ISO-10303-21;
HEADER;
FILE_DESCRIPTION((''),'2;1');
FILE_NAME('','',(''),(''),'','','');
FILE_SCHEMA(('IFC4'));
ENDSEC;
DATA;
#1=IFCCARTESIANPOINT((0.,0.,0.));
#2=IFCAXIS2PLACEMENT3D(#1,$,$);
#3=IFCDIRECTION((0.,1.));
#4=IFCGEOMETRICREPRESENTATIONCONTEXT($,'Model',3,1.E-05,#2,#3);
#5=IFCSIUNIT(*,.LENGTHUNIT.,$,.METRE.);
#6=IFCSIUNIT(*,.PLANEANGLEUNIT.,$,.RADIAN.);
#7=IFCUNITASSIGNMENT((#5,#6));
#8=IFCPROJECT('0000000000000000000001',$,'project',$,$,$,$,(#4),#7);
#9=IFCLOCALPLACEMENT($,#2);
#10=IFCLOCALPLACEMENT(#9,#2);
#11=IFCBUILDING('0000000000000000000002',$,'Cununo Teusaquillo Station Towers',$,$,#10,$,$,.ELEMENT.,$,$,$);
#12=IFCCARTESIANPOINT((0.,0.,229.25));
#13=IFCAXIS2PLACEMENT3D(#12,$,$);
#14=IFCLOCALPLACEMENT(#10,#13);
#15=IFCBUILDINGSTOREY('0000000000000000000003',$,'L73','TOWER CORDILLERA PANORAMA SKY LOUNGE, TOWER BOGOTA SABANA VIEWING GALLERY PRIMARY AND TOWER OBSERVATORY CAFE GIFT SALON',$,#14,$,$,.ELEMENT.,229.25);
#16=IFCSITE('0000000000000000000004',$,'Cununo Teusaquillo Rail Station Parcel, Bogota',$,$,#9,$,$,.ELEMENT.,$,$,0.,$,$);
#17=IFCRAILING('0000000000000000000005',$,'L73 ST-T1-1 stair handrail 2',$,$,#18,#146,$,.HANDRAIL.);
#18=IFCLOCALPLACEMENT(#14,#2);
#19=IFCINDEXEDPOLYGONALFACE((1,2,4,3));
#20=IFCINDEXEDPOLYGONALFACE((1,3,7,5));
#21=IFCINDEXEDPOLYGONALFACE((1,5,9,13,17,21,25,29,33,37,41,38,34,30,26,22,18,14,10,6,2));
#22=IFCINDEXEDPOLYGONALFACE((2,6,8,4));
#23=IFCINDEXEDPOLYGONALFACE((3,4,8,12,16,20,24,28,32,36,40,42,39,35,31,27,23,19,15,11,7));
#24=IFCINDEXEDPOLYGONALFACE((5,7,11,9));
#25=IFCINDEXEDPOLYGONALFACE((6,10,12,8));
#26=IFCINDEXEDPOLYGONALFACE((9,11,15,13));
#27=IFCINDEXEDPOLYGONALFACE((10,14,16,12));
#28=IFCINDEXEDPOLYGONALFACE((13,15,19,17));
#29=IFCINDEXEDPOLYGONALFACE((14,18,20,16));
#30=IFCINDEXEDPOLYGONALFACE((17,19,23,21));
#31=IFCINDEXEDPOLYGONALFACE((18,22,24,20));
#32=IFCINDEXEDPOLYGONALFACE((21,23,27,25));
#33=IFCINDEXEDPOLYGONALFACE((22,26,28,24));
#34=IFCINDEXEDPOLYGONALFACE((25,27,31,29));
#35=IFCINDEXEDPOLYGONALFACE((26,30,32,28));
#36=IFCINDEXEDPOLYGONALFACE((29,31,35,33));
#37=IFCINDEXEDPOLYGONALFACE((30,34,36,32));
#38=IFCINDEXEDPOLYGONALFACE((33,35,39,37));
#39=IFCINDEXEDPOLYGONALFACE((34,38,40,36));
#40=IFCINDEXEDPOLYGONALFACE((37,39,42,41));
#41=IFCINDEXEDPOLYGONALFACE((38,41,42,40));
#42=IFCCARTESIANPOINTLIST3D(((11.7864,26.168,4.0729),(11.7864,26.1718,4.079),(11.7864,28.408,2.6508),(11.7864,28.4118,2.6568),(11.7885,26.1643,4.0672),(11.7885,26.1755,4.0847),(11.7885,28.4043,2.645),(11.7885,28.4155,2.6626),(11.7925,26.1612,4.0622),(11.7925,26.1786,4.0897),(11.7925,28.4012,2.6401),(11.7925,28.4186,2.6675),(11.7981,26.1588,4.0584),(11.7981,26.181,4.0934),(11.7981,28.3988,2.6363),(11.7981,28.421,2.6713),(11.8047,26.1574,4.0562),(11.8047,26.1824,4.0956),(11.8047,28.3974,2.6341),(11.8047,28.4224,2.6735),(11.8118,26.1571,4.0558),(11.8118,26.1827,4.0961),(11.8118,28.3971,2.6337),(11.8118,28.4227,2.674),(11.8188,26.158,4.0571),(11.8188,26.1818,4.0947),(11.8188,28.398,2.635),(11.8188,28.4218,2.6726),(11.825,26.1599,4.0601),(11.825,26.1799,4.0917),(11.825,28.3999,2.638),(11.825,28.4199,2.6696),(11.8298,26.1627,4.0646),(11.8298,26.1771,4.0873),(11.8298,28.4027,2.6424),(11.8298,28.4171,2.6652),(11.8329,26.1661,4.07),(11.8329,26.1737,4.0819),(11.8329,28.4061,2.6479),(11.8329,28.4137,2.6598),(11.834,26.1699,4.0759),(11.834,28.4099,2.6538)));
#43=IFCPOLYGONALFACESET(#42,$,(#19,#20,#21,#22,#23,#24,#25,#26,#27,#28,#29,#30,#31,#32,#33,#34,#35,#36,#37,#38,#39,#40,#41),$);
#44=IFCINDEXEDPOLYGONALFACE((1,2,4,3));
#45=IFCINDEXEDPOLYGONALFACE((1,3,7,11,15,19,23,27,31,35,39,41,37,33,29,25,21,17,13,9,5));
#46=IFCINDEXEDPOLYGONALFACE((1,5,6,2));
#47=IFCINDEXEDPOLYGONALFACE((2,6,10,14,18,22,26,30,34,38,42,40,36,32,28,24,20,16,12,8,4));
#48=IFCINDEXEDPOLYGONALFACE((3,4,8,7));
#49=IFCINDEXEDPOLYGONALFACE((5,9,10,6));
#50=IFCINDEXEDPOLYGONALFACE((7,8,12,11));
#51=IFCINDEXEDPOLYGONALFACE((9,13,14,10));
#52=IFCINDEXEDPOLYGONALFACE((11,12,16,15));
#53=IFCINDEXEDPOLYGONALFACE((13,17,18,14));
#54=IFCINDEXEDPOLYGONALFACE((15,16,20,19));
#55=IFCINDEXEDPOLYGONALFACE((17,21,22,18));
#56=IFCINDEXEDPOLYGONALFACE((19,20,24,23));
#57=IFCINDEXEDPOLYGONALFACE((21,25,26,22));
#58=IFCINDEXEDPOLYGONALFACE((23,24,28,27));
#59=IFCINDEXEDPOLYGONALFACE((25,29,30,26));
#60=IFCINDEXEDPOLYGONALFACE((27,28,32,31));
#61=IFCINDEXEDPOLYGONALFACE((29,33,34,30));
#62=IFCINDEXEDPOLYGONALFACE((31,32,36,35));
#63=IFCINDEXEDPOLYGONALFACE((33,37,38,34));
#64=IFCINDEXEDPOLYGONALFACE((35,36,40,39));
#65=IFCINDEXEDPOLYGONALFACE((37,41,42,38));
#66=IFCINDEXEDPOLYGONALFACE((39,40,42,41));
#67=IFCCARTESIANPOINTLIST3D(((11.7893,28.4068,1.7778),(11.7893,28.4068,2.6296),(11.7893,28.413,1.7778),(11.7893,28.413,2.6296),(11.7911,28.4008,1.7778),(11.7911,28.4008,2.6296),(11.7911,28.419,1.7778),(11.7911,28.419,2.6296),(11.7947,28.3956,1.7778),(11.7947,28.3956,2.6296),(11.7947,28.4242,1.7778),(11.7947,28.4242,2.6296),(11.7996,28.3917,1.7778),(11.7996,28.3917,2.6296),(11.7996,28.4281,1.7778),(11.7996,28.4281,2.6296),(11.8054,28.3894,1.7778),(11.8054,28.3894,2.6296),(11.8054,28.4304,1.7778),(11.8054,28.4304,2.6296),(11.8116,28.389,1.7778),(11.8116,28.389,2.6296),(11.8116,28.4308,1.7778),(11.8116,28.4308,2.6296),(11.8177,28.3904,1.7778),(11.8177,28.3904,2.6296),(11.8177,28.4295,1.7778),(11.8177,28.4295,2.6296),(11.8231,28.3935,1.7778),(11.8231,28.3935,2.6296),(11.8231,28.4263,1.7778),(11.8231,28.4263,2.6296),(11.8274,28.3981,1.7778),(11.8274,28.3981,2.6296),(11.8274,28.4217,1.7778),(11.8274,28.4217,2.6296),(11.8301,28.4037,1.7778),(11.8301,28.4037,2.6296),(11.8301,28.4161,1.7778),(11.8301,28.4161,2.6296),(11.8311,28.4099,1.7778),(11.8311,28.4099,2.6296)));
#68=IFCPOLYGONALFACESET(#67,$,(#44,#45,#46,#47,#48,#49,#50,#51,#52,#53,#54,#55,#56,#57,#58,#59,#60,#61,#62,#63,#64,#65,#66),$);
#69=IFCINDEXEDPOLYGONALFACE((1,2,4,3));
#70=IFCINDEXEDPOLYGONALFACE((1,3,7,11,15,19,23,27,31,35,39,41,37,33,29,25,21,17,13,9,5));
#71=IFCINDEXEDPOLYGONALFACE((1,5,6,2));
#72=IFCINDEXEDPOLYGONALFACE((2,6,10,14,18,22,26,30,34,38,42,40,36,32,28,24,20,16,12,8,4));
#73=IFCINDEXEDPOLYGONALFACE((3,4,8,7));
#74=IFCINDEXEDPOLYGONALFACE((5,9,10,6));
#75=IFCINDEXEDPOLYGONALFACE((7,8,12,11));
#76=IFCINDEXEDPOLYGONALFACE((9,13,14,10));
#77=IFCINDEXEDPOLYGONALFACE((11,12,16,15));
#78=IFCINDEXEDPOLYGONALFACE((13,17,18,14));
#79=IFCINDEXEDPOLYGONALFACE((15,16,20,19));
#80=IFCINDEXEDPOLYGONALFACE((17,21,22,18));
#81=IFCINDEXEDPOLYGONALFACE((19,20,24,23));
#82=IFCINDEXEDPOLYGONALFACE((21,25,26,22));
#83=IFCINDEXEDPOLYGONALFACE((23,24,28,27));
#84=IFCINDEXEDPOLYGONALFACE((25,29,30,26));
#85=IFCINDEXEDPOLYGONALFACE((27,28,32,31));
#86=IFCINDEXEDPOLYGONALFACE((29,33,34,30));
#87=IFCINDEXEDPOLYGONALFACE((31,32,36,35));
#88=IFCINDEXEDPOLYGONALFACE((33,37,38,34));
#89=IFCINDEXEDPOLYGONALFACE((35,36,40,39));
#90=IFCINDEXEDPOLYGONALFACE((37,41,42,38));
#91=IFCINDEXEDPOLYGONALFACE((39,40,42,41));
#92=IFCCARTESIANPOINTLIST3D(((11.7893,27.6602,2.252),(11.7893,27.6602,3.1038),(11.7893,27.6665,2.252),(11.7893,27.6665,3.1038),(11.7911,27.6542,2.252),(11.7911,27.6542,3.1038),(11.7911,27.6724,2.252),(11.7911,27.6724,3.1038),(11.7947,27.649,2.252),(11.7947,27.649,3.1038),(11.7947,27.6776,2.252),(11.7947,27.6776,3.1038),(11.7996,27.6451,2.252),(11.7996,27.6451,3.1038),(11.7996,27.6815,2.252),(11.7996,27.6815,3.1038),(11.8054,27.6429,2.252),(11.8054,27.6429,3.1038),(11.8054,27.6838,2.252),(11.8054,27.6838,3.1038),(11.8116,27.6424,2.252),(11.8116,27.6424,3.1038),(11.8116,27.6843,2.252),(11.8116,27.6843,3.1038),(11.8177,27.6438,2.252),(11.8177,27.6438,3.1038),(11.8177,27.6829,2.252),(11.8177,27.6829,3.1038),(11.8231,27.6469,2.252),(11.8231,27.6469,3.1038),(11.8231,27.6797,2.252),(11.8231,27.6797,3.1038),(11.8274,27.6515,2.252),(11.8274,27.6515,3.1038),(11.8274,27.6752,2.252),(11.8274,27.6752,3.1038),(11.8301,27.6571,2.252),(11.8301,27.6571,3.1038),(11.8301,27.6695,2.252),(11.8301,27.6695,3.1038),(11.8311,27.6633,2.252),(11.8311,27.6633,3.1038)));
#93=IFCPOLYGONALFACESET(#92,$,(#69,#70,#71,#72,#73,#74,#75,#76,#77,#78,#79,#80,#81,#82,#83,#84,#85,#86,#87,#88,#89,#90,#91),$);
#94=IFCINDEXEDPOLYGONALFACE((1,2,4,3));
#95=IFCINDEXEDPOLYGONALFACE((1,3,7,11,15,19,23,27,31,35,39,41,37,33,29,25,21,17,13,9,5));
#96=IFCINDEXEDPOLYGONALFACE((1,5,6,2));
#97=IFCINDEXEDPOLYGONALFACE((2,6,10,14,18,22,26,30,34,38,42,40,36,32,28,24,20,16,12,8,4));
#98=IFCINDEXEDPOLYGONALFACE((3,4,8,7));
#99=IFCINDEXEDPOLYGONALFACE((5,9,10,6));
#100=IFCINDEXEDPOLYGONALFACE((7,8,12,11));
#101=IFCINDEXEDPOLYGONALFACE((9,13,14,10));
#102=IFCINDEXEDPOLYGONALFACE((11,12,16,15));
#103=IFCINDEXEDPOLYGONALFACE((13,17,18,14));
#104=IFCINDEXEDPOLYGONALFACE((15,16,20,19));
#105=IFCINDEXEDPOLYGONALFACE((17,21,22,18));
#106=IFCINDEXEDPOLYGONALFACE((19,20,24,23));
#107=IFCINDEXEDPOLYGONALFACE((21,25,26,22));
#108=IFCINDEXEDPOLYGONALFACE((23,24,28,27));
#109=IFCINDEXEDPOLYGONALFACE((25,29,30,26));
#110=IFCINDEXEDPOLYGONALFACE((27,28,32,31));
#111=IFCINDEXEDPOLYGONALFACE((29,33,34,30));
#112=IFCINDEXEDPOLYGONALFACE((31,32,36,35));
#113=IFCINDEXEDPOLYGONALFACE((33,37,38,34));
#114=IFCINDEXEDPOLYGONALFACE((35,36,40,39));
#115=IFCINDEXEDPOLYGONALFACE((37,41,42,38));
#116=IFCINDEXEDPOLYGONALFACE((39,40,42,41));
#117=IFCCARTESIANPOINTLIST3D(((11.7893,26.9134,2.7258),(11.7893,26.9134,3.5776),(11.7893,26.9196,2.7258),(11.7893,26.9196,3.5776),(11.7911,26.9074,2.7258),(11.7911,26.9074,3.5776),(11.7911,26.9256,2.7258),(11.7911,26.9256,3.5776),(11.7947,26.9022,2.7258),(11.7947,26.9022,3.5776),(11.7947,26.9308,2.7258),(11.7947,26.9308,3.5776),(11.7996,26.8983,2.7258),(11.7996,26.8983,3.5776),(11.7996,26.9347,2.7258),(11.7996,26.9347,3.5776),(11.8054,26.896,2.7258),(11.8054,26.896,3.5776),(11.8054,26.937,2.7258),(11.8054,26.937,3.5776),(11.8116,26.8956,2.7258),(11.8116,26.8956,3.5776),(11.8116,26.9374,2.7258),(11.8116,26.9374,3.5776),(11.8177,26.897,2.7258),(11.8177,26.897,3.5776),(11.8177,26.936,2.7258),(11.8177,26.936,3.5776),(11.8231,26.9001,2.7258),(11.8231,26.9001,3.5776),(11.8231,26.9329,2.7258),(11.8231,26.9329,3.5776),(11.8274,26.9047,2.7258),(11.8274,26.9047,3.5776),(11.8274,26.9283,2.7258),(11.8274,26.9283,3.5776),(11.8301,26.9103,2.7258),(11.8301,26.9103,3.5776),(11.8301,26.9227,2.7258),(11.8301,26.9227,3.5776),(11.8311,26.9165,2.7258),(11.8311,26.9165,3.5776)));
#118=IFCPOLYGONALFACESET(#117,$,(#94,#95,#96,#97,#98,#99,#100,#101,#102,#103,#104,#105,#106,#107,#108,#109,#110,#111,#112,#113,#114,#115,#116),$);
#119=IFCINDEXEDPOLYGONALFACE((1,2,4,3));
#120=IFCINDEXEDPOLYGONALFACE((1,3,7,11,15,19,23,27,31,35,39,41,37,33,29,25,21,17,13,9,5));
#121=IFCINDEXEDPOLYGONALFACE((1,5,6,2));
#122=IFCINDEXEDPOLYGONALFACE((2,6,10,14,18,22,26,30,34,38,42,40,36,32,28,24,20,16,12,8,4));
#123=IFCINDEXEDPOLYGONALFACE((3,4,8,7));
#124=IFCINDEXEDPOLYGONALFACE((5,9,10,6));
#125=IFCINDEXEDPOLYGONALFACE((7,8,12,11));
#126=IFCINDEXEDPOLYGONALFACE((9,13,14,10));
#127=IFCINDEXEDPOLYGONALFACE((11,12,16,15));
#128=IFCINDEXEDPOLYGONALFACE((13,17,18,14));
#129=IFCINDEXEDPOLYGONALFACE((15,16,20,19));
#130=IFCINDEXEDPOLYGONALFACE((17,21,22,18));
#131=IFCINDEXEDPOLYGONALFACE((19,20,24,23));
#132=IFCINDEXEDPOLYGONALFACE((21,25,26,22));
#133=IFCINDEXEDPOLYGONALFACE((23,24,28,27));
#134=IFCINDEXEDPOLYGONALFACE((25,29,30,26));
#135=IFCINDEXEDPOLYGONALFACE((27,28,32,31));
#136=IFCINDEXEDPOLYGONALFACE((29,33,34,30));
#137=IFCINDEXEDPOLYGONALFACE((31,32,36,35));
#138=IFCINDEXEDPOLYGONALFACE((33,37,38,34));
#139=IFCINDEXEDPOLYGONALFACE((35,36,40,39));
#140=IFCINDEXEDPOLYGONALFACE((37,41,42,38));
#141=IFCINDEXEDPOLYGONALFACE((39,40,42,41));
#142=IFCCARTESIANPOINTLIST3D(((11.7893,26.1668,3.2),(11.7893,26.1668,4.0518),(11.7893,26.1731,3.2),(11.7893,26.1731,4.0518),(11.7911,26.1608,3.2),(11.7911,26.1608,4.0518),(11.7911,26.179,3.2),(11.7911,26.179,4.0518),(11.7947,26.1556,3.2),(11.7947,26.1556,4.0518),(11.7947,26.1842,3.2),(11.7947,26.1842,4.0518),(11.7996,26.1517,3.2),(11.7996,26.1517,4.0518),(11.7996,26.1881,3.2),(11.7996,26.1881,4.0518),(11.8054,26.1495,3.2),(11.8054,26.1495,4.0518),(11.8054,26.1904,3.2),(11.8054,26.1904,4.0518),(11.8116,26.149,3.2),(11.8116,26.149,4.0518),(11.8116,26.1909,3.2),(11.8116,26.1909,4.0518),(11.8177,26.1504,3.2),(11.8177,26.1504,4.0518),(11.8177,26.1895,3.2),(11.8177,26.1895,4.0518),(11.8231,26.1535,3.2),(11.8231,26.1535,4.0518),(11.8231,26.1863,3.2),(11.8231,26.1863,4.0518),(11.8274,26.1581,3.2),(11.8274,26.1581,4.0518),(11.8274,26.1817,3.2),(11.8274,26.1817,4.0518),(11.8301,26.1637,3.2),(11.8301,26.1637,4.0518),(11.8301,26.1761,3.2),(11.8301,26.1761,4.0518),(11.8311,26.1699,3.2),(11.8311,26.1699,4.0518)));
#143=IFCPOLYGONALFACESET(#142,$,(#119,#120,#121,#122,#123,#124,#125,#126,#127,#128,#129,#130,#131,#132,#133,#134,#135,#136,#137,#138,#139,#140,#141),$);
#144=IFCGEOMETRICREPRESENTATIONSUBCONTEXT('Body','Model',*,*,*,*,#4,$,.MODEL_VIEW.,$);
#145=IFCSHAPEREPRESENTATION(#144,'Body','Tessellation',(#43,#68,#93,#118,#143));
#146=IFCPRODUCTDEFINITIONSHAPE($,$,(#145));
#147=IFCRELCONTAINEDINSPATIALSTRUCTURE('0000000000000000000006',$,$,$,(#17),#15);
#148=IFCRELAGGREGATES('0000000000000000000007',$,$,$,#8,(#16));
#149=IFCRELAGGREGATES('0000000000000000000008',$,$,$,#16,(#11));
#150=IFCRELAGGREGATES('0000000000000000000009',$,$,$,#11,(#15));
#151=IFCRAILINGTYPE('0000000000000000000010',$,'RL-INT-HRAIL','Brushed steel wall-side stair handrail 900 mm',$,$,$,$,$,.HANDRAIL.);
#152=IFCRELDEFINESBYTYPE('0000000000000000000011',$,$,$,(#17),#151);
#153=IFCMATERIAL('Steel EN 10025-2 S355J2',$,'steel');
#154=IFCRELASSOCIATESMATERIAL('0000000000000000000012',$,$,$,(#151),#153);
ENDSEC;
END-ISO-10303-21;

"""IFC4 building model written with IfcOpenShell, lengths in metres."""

from ifc_helpers import new_model, si_unit, direction, frame, origin, origin_2d, place, context, subcontext, project, spatial, circle, extrude, material, type_object, element, save


model = new_model("IFC4")

# Units and contexts
model_context = context("Model", 3, precision=1e-05, world=origin(), true_north=direction((0.0, 1.0)))
body_context = subcontext(model_context, "Body", "Model", "MODEL_VIEW")
ifc_project = project(units=[si_unit("LENGTHUNIT", "METRE"), si_unit("PLANEANGLEUNIT", "RADIAN")], contexts=[model_context])

# Site, building, storey
site_placement = place(None, origin())
site = spatial("IfcSite", under=ifc_project, at=site_placement, Name="Cununo Teusaquillo Rail Station Parcel, Bogota", CompositionType="ELEMENT", RefElevation=0.0)
building_placement = place(site_placement, origin())
building = spatial("IfcBuilding", under=site, at=building_placement, Name="Cununo Teusaquillo Station Towers", CompositionType="ELEMENT")
storey_placement = place(building_placement, frame((0.0, 0.0, 229.25)))
storey = spatial("IfcBuildingStorey", under=building, at=storey_placement, Name="L73", Description="TOWER CORDILLERA PANORAMA SKY LOUNGE, TOWER BOGOTA SABANA VIEWING GALLERY PRIMARY AND TOWER OBSERVATORY CAFE GIFT SALON", CompositionType="ELEMENT", Elevation=229.25)

# Railing
ifc_material_1 = material(Name="Steel EN 10025-2 S355J2", Category="steel")
railing_type_1 = type_object("IfcRailingType", Name="RL-INT-HRAIL", Description="Brushed steel wall-side stair handrail 900 mm", PredefinedType="HANDRAIL", material=ifc_material_1)
railing_1_placement = place(storey_placement, frame((11.8101, 28.4099, 1.7778)))
element("IfcRailing", 1, at=railing_1_placement, inside=storey, type_object=railing_type_1, Name="L73 ST-T1-1 stair handrail 2", PredefinedType="HANDRAIL", context=body_context, shape_type="SweptSolid", body=[
    extrude(circle(Radius=0.0239, at=origin_2d()), frame((0.0, 0.0, 0.876), z_axis=(0.0, -0.844229, 0.535982), x_axis=(1.0, 0.0, 0.0)), (0.0, 0.0, 1.0), 2.6533),
    extrude(circle(Radius=0.021, at=origin_2d()), origin(), (0.0, 0.0, 1.0), 0.8518),
    extrude(circle(Radius=0.021, at=origin_2d()), frame((0.0, -0.7466, 0.4741)), (0.0, 0.0, 1.0), 0.8518),
    extrude(circle(Radius=0.021, at=origin_2d()), frame((0.0, -1.4934, 0.948)), (0.0, 0.0, 1.0), 0.8518),
    extrude(circle(Radius=0.021, at=origin_2d()), frame((0.0, -2.24, 1.4221)), (0.0, 0.0, 1.0), 0.8518),
])

save(model, "model.ifc")
